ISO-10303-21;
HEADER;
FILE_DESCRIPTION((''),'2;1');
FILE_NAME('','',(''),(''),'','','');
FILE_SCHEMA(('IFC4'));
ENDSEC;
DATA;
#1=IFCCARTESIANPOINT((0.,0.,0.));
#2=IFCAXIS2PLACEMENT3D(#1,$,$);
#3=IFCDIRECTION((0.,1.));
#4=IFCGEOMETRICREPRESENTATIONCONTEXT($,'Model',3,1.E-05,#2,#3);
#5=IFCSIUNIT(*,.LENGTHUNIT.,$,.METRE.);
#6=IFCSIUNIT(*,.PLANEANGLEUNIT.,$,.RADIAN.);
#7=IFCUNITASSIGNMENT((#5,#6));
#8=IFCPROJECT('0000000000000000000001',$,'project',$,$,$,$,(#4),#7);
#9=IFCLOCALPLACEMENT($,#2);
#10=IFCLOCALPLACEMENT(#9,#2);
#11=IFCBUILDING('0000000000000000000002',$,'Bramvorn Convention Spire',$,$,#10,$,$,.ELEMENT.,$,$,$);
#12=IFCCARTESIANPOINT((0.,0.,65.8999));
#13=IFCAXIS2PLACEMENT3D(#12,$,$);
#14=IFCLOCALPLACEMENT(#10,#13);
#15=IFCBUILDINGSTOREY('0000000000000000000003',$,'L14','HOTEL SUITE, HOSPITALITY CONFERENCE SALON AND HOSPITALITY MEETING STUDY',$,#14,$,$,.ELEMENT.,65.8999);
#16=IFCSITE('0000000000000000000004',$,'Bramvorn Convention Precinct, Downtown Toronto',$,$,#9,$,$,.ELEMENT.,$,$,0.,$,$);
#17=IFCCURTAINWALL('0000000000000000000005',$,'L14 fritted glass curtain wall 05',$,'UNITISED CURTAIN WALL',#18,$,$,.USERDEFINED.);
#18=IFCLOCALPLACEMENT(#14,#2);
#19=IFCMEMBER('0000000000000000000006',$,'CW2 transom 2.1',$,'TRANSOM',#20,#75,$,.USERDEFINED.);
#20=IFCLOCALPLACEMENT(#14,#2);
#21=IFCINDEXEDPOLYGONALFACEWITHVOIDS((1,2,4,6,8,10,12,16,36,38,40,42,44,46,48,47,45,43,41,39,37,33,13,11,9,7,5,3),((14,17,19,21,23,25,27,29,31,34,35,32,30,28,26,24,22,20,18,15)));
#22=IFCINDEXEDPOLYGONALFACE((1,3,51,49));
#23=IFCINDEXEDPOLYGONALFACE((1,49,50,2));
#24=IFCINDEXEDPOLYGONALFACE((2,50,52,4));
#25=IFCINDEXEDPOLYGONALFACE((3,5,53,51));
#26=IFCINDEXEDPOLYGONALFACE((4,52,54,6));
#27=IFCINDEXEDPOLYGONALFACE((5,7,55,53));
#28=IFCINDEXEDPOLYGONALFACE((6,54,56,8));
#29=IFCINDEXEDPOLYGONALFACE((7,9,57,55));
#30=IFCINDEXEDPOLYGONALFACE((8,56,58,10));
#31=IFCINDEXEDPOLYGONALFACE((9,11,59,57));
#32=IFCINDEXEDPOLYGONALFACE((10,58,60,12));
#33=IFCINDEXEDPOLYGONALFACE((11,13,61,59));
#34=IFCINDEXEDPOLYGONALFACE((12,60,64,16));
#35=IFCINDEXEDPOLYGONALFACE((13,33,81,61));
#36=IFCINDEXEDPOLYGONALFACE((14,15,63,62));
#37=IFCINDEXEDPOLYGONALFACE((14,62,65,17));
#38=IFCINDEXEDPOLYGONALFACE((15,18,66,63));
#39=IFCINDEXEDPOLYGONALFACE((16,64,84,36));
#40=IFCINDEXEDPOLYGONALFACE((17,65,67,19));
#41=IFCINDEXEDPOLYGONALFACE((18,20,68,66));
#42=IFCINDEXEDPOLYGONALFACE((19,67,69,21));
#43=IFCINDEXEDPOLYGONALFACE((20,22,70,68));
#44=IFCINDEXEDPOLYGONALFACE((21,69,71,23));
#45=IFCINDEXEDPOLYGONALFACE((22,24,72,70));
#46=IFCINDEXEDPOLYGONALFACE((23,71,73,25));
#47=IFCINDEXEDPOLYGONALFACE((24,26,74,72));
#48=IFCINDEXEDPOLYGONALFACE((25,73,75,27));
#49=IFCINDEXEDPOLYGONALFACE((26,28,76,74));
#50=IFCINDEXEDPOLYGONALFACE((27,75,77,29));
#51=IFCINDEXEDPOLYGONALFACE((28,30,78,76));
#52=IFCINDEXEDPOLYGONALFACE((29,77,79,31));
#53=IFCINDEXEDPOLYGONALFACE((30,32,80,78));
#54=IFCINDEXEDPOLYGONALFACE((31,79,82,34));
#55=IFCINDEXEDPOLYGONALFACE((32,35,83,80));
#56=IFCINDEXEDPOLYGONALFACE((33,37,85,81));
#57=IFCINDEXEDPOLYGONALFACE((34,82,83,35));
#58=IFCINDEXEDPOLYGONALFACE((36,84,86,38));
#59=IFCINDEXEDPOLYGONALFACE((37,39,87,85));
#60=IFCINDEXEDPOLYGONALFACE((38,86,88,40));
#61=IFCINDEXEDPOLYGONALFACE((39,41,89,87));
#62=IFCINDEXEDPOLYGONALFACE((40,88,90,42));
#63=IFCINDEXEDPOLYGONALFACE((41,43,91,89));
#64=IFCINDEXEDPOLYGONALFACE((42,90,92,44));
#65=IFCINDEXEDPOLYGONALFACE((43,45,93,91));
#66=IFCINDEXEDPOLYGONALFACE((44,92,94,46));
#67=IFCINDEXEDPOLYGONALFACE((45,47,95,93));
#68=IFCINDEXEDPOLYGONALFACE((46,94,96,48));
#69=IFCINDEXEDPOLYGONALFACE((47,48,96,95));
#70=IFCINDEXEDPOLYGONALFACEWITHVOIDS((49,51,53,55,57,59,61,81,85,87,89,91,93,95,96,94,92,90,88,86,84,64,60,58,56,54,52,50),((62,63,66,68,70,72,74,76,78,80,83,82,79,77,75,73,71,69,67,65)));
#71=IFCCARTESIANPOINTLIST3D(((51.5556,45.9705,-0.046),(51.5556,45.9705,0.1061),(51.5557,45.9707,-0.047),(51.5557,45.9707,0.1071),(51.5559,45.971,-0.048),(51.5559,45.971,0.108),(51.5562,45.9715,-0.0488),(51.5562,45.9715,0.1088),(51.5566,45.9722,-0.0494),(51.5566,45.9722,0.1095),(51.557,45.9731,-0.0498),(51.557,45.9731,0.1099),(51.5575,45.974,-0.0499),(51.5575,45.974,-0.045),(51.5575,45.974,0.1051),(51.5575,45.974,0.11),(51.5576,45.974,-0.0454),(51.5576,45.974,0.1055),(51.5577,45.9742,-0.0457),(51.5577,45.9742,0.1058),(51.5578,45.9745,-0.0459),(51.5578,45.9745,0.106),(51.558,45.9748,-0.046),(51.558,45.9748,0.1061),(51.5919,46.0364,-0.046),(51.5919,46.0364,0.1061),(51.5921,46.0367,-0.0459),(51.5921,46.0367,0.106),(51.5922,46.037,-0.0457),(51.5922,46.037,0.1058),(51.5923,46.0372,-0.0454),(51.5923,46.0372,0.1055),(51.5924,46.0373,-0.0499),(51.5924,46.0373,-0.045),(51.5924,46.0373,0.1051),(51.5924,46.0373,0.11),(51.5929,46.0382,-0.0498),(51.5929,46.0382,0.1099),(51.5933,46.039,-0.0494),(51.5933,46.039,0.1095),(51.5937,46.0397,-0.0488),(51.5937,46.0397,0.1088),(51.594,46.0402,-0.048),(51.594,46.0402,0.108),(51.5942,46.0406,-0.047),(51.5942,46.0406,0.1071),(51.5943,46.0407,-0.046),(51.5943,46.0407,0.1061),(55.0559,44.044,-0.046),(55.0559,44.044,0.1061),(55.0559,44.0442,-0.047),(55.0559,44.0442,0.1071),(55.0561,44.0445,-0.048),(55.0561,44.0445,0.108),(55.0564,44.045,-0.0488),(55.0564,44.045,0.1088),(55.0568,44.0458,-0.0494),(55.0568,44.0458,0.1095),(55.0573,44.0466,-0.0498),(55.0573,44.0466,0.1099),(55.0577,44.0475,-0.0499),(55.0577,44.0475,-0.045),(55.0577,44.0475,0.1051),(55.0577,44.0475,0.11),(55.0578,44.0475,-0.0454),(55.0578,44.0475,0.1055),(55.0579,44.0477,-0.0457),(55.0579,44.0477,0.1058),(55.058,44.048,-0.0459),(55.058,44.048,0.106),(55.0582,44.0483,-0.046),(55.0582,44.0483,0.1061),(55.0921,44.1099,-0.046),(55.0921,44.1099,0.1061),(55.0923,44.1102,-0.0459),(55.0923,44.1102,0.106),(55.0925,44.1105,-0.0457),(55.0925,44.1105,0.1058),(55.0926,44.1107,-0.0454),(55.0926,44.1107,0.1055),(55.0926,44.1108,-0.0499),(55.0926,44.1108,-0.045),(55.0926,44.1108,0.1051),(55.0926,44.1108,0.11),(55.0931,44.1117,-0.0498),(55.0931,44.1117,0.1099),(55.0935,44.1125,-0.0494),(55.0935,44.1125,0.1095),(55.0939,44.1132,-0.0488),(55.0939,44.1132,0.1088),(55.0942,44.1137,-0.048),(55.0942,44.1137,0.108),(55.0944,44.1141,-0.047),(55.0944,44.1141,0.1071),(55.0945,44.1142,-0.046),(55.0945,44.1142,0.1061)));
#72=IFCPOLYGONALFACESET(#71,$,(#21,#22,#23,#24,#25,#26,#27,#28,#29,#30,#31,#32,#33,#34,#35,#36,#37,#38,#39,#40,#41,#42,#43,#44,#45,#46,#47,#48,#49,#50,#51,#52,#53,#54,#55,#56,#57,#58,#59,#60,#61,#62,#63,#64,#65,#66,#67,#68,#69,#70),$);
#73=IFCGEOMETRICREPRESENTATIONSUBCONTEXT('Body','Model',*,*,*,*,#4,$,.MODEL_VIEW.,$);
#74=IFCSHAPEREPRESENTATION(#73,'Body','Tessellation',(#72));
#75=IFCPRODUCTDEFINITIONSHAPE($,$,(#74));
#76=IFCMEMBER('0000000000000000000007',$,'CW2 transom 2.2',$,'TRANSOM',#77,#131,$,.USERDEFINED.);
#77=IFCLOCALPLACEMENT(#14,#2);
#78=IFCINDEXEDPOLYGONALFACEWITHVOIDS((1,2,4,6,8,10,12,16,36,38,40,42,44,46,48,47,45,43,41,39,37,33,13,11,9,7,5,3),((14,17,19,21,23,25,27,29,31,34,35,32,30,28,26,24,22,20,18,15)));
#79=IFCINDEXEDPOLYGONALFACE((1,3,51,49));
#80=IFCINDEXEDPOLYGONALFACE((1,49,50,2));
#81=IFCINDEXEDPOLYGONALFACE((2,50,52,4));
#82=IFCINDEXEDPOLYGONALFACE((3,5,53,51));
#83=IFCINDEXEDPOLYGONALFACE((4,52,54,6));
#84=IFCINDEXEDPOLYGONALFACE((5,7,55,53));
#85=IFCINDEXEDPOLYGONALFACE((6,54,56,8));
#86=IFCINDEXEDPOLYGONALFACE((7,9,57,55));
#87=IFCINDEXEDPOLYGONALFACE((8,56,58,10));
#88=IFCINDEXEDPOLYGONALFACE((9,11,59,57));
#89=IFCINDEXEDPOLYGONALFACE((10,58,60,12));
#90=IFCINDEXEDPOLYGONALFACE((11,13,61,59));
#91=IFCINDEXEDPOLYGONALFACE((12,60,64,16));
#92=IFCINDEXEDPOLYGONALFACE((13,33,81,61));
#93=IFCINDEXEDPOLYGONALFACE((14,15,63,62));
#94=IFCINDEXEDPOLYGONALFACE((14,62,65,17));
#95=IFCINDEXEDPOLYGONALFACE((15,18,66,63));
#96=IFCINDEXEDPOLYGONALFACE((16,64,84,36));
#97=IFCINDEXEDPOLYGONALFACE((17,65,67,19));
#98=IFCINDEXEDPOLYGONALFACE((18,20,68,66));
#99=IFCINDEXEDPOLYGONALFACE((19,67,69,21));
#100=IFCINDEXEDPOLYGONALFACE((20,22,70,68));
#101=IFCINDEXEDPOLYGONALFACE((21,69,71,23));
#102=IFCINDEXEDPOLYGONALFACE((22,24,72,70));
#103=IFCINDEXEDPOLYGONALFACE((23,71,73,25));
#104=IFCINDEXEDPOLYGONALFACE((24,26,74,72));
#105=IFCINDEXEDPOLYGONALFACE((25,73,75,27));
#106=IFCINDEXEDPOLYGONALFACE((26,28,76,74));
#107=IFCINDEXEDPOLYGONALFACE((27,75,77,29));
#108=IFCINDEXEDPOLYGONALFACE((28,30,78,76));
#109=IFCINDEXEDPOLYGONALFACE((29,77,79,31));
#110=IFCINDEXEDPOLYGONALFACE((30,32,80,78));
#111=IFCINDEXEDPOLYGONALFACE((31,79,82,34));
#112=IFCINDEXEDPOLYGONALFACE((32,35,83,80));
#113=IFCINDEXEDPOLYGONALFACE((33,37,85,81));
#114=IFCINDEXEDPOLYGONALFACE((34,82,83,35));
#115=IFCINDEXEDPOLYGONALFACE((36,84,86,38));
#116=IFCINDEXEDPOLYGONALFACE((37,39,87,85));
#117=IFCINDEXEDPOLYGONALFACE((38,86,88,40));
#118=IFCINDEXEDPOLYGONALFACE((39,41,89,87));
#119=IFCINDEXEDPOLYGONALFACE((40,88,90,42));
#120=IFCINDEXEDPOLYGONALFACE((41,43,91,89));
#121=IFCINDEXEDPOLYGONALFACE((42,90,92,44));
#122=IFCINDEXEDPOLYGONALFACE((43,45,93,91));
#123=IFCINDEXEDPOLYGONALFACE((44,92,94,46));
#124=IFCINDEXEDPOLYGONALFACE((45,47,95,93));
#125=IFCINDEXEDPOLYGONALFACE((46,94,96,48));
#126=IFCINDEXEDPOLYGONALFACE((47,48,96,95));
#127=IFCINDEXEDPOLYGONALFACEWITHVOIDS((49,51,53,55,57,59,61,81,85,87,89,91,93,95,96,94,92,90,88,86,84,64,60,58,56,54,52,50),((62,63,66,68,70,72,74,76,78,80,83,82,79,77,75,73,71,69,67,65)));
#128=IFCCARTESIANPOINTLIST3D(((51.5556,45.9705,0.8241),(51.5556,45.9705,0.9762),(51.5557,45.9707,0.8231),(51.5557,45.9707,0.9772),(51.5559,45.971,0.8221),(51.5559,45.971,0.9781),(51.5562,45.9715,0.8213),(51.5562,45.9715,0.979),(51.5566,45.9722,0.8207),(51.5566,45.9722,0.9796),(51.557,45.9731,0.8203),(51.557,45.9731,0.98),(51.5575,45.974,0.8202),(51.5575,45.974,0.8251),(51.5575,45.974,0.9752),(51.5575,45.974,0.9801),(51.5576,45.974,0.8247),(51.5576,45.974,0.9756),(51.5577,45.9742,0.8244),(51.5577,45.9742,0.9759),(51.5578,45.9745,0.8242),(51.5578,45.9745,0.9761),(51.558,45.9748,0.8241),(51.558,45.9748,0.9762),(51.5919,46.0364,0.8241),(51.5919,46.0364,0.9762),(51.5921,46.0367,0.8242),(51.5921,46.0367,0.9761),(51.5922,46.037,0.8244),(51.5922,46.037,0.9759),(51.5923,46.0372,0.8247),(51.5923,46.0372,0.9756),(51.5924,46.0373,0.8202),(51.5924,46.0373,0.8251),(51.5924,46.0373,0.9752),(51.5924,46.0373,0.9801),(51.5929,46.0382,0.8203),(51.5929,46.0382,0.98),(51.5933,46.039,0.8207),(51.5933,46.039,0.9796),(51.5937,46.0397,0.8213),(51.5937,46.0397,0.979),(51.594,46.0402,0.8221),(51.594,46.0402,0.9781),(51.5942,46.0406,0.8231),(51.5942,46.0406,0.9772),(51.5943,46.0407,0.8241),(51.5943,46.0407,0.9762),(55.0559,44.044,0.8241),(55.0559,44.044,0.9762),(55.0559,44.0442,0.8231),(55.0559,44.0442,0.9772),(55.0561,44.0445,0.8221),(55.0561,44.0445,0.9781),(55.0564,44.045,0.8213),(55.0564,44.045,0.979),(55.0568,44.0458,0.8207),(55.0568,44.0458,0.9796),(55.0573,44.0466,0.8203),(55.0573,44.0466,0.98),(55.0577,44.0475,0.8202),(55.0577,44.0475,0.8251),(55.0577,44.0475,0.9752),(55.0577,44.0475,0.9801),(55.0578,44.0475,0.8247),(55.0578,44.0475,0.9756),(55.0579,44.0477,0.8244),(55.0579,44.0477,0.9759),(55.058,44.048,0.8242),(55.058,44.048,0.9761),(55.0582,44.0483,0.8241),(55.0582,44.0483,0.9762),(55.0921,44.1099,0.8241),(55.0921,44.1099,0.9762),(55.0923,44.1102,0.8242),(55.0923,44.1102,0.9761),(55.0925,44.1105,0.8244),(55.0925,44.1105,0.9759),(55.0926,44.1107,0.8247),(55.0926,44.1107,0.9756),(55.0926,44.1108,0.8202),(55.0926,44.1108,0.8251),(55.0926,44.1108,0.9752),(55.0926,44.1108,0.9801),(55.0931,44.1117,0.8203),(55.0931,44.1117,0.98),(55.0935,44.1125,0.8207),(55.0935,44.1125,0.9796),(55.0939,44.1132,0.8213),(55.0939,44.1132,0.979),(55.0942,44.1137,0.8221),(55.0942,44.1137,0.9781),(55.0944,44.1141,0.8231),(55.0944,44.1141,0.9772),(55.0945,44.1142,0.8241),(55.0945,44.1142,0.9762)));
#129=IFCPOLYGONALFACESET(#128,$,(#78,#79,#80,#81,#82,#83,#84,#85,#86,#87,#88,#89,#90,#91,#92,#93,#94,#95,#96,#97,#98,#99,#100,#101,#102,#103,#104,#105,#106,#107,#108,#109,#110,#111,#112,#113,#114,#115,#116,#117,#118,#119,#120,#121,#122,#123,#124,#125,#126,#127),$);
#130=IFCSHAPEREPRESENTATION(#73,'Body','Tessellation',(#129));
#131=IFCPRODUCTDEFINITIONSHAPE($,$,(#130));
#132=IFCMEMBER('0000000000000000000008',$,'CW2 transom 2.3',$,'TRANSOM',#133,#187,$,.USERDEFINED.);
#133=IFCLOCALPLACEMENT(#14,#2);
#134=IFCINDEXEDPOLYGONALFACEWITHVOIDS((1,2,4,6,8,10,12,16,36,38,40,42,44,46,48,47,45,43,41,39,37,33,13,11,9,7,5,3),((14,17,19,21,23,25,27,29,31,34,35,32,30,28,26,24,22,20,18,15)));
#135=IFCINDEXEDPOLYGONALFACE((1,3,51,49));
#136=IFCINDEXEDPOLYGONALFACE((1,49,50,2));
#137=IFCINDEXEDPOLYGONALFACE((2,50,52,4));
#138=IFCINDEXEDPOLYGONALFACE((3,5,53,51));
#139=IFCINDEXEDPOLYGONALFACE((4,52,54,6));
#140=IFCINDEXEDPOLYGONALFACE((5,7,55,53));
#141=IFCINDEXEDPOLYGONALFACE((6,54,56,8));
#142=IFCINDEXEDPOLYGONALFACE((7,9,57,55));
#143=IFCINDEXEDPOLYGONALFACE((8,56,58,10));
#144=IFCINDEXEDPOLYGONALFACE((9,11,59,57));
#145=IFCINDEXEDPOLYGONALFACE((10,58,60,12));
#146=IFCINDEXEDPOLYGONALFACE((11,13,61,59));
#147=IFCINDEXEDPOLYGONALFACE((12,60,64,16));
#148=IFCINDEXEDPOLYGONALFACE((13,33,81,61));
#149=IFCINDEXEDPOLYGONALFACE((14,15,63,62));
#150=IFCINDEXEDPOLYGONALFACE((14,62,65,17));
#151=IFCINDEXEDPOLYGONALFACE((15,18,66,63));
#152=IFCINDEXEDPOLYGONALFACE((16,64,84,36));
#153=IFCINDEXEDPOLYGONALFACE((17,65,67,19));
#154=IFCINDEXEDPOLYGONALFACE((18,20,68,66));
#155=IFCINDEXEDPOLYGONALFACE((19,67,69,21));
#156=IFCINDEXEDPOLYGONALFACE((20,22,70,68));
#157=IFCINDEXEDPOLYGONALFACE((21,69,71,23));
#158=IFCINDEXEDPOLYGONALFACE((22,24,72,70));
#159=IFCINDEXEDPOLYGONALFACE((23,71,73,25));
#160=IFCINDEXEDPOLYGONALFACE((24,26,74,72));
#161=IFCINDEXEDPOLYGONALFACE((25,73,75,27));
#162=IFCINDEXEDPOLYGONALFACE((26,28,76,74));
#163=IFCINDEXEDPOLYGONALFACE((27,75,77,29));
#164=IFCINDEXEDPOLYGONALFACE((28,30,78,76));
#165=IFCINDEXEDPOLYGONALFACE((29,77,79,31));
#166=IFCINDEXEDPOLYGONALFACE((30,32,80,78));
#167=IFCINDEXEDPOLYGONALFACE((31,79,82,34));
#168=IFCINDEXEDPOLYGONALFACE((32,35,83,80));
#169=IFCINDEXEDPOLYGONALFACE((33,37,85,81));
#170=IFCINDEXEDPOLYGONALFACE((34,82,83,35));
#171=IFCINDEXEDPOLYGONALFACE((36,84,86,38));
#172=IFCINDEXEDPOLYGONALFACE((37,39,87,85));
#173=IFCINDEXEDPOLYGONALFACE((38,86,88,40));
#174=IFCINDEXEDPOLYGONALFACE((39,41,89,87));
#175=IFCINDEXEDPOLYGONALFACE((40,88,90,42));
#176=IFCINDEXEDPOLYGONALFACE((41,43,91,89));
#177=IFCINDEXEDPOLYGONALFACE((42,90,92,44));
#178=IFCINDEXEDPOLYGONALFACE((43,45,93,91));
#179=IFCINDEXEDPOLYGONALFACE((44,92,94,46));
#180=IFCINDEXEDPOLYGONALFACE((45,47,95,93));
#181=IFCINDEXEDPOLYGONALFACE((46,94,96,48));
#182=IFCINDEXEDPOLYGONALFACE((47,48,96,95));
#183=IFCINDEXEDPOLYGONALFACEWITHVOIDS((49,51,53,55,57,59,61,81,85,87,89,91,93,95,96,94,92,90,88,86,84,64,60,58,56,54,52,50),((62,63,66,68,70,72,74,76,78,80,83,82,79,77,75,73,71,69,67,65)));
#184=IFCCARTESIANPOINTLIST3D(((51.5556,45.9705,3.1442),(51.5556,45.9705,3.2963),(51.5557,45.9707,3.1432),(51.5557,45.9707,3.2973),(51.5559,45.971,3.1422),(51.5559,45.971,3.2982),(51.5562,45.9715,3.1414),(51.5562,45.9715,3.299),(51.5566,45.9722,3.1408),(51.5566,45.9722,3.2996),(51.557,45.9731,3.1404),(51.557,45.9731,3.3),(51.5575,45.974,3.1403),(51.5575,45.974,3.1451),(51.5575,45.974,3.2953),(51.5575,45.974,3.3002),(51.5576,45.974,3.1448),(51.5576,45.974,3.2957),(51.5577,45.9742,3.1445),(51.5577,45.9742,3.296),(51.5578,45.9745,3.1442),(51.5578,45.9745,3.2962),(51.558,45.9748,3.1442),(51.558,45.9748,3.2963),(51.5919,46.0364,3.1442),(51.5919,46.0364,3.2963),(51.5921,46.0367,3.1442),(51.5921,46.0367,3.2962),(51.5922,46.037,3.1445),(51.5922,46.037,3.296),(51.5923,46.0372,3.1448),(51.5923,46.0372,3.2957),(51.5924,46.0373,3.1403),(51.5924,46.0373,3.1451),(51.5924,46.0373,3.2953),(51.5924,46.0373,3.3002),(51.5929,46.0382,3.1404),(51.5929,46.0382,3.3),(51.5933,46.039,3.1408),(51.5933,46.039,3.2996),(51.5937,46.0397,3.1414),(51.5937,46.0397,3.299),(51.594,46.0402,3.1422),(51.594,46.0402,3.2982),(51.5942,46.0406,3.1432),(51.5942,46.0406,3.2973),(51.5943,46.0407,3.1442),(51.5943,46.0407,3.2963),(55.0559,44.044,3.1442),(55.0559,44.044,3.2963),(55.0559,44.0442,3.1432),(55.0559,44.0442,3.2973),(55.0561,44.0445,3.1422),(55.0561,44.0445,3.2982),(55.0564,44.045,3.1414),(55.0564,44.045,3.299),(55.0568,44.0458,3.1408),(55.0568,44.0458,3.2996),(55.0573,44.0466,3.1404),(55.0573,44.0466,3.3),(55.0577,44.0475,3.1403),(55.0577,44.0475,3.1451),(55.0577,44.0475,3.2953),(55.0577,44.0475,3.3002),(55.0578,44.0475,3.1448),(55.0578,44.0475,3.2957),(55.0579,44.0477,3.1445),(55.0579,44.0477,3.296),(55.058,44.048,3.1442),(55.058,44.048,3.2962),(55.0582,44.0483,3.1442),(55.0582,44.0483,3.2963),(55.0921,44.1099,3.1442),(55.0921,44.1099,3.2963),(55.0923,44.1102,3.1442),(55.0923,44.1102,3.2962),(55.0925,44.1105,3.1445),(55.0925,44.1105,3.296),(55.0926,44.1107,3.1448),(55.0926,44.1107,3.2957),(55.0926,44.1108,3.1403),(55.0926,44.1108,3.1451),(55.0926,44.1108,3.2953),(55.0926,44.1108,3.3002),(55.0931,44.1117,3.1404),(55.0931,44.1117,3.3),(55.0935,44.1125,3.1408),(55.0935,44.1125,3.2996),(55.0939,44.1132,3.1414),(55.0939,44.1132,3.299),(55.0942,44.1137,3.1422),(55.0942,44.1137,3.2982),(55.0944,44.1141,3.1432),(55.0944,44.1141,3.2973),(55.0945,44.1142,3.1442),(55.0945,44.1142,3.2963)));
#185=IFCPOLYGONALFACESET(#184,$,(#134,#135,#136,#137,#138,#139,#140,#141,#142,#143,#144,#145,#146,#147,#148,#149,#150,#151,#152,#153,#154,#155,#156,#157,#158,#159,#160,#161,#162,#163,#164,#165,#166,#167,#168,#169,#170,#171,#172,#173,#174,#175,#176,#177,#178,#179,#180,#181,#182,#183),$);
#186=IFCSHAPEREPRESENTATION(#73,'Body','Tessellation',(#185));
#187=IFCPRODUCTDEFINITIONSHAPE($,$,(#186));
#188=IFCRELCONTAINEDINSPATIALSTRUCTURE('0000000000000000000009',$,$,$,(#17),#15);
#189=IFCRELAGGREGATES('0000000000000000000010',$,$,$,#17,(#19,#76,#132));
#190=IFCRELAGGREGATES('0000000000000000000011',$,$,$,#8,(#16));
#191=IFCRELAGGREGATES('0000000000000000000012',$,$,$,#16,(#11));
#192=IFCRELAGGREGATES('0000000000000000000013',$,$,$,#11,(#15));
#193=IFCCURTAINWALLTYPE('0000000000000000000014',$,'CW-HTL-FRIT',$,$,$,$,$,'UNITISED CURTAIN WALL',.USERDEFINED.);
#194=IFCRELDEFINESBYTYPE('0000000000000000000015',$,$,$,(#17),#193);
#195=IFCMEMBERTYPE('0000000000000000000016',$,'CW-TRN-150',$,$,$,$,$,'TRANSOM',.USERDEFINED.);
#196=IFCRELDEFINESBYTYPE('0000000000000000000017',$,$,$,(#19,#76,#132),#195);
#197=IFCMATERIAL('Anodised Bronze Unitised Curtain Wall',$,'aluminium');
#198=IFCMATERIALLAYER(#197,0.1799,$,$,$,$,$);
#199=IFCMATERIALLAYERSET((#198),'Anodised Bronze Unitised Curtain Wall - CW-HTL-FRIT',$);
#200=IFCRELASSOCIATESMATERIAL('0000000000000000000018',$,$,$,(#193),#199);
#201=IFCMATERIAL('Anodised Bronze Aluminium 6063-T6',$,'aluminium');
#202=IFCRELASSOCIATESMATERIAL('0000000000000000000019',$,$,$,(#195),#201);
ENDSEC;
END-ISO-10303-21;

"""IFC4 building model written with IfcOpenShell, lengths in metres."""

from ifc_helpers import new_model, si_unit, direction, frame, origin, origin_2d, place, context, subcontext, project, spatial, hollow_rectangle, extrude, material, layer, layer_set, material_profile, profile_set, type_object, element, aggregate, save


model = new_model("IFC4")

# Units and contexts
model_context = context("Model", 3, precision=1e-05, world=origin(), true_north=direction((0.0, 1.0)))
body_context = subcontext(model_context, "Body", "Model", "MODEL_VIEW")
ifc_project = project(units=[si_unit("LENGTHUNIT", "METRE"), si_unit("PLANEANGLEUNIT", "RADIAN")], contexts=[model_context])

# Site, building, storey
site_placement = place(None, origin())
site = spatial("IfcSite", under=ifc_project, at=site_placement, Name="Bramvorn Convention Precinct, Downtown Toronto", CompositionType="ELEMENT", RefElevation=0.0)
building_placement = place(site_placement, origin())
building = spatial("IfcBuilding", under=site, at=building_placement, Name="Bramvorn Convention Spire", CompositionType="ELEMENT")
storey_placement = place(building_placement, frame((0.0, 0.0, 65.8999)))
storey = spatial("IfcBuildingStorey", under=building, at=storey_placement, Name="L14", Description="HOTEL SUITE, HOSPITALITY CONFERENCE SALON AND HOSPITALITY MEETING STUDY", CompositionType="ELEMENT", Elevation=65.8999)

# Curtain wall, members
ifc_material_1 = material(Name="Anodised Bronze Unitised Curtain Wall", Category="aluminium")
ifc_layer_1 = layer(ifc_material_1, 0.1799)
ifc_layer_set_1 = layer_set([ifc_layer_1], Name="Anodised Bronze Unitised Curtain Wall - CW-HTL-FRIT")
curtain_wall_type = type_object("IfcCurtainWallType", Name="CW-HTL-FRIT", ElementType="UNITISED CURTAIN WALL", PredefinedType="USERDEFINED", material=ifc_layer_set_1)
curtain_wall_placement = place(storey_placement, origin())
curtain_wall = element("IfcCurtainWall", 1, at=curtain_wall_placement, inside=storey, type_object=curtain_wall_type, Name="L14 fritted glass curtain wall 05", ObjectType="UNITISED CURTAIN WALL", PredefinedType="USERDEFINED")
ifc_material_2 = material(Name="Anodised Bronze Aluminium 6063-T6", Category="aluminium")
ifc_material_profile_1 = material_profile(ifc_material_2, hollow_rectangle(XDim=0.0801, YDim=0.1599, WallThickness=0.0039, InnerFilletRadius=0.001, OuterFilletRadius=0.0039, at=origin_2d()))
ifc_profile_set_1 = profile_set([ifc_material_profile_1], Name="Anodised Bronze Aluminium 6063-T6 - CWT80X160")
member_type_1 = type_object("IfcMemberType", Name="CW-TRN-150", ElementType="TRANSOM", PredefinedType="USERDEFINED", material=ifc_profile_set_1)
member_1_placement = place(storey_placement, frame((51.575, 46.0056, 0.03), z_axis=(0.87607, -0.482184, 0.0), x_axis=(0.482184, 0.87607, 0.0)))
member_1 = element("IfcMember", 2, at=member_1_placement, type_object=member_type_1, Name="CW2 transom 2.1", ObjectType="TRANSOM", PredefinedType="USERDEFINED", context=body_context, shape_type="SweptSolid", body=[
    extrude(hollow_rectangle(XDim=0.0801, YDim=0.1599, WallThickness=0.0039, InnerFilletRadius=0.001, OuterFilletRadius=0.0039, at=origin_2d()), origin(), (0.0, 0.0, 1.0), 3.9954),
])
member_2_placement = place(storey_placement, frame((51.575, 46.0056, 0.9001), z_axis=(0.87607, -0.482184, 0.0), x_axis=(0.482184, 0.87607, 0.0)))
member_2 = element("IfcMember", 3, at=member_2_placement, type_object=member_type_1, Name="CW2 transom 2.2", ObjectType="TRANSOM", PredefinedType="USERDEFINED", context=body_context, shape_type="SweptSolid", body=[
    extrude(hollow_rectangle(XDim=0.0801, YDim=0.1599, WallThickness=0.0039, InnerFilletRadius=0.001, OuterFilletRadius=0.0039, at=origin_2d()), origin(), (0.0, 0.0, 1.0), 3.9954),
])
member_3_placement = place(storey_placement, frame((51.575, 46.0056, 3.2202), z_axis=(0.87607, -0.482184, 0.0), x_axis=(0.482184, 0.87607, 0.0)))
member_3 = element("IfcMember", 4, at=member_3_placement, type_object=member_type_1, Name="CW2 transom 2.3", ObjectType="TRANSOM", PredefinedType="USERDEFINED", context=body_context, shape_type="SweptSolid", body=[
    extrude(hollow_rectangle(XDim=0.0801, YDim=0.1599, WallThickness=0.0039, InnerFilletRadius=0.001, OuterFilletRadius=0.0039, at=origin_2d()), origin(), (0.0, 0.0, 1.0), 3.9954),
])

aggregate(curtain_wall, [member_1, member_2, member_3])

save(model, "model.ifc")
